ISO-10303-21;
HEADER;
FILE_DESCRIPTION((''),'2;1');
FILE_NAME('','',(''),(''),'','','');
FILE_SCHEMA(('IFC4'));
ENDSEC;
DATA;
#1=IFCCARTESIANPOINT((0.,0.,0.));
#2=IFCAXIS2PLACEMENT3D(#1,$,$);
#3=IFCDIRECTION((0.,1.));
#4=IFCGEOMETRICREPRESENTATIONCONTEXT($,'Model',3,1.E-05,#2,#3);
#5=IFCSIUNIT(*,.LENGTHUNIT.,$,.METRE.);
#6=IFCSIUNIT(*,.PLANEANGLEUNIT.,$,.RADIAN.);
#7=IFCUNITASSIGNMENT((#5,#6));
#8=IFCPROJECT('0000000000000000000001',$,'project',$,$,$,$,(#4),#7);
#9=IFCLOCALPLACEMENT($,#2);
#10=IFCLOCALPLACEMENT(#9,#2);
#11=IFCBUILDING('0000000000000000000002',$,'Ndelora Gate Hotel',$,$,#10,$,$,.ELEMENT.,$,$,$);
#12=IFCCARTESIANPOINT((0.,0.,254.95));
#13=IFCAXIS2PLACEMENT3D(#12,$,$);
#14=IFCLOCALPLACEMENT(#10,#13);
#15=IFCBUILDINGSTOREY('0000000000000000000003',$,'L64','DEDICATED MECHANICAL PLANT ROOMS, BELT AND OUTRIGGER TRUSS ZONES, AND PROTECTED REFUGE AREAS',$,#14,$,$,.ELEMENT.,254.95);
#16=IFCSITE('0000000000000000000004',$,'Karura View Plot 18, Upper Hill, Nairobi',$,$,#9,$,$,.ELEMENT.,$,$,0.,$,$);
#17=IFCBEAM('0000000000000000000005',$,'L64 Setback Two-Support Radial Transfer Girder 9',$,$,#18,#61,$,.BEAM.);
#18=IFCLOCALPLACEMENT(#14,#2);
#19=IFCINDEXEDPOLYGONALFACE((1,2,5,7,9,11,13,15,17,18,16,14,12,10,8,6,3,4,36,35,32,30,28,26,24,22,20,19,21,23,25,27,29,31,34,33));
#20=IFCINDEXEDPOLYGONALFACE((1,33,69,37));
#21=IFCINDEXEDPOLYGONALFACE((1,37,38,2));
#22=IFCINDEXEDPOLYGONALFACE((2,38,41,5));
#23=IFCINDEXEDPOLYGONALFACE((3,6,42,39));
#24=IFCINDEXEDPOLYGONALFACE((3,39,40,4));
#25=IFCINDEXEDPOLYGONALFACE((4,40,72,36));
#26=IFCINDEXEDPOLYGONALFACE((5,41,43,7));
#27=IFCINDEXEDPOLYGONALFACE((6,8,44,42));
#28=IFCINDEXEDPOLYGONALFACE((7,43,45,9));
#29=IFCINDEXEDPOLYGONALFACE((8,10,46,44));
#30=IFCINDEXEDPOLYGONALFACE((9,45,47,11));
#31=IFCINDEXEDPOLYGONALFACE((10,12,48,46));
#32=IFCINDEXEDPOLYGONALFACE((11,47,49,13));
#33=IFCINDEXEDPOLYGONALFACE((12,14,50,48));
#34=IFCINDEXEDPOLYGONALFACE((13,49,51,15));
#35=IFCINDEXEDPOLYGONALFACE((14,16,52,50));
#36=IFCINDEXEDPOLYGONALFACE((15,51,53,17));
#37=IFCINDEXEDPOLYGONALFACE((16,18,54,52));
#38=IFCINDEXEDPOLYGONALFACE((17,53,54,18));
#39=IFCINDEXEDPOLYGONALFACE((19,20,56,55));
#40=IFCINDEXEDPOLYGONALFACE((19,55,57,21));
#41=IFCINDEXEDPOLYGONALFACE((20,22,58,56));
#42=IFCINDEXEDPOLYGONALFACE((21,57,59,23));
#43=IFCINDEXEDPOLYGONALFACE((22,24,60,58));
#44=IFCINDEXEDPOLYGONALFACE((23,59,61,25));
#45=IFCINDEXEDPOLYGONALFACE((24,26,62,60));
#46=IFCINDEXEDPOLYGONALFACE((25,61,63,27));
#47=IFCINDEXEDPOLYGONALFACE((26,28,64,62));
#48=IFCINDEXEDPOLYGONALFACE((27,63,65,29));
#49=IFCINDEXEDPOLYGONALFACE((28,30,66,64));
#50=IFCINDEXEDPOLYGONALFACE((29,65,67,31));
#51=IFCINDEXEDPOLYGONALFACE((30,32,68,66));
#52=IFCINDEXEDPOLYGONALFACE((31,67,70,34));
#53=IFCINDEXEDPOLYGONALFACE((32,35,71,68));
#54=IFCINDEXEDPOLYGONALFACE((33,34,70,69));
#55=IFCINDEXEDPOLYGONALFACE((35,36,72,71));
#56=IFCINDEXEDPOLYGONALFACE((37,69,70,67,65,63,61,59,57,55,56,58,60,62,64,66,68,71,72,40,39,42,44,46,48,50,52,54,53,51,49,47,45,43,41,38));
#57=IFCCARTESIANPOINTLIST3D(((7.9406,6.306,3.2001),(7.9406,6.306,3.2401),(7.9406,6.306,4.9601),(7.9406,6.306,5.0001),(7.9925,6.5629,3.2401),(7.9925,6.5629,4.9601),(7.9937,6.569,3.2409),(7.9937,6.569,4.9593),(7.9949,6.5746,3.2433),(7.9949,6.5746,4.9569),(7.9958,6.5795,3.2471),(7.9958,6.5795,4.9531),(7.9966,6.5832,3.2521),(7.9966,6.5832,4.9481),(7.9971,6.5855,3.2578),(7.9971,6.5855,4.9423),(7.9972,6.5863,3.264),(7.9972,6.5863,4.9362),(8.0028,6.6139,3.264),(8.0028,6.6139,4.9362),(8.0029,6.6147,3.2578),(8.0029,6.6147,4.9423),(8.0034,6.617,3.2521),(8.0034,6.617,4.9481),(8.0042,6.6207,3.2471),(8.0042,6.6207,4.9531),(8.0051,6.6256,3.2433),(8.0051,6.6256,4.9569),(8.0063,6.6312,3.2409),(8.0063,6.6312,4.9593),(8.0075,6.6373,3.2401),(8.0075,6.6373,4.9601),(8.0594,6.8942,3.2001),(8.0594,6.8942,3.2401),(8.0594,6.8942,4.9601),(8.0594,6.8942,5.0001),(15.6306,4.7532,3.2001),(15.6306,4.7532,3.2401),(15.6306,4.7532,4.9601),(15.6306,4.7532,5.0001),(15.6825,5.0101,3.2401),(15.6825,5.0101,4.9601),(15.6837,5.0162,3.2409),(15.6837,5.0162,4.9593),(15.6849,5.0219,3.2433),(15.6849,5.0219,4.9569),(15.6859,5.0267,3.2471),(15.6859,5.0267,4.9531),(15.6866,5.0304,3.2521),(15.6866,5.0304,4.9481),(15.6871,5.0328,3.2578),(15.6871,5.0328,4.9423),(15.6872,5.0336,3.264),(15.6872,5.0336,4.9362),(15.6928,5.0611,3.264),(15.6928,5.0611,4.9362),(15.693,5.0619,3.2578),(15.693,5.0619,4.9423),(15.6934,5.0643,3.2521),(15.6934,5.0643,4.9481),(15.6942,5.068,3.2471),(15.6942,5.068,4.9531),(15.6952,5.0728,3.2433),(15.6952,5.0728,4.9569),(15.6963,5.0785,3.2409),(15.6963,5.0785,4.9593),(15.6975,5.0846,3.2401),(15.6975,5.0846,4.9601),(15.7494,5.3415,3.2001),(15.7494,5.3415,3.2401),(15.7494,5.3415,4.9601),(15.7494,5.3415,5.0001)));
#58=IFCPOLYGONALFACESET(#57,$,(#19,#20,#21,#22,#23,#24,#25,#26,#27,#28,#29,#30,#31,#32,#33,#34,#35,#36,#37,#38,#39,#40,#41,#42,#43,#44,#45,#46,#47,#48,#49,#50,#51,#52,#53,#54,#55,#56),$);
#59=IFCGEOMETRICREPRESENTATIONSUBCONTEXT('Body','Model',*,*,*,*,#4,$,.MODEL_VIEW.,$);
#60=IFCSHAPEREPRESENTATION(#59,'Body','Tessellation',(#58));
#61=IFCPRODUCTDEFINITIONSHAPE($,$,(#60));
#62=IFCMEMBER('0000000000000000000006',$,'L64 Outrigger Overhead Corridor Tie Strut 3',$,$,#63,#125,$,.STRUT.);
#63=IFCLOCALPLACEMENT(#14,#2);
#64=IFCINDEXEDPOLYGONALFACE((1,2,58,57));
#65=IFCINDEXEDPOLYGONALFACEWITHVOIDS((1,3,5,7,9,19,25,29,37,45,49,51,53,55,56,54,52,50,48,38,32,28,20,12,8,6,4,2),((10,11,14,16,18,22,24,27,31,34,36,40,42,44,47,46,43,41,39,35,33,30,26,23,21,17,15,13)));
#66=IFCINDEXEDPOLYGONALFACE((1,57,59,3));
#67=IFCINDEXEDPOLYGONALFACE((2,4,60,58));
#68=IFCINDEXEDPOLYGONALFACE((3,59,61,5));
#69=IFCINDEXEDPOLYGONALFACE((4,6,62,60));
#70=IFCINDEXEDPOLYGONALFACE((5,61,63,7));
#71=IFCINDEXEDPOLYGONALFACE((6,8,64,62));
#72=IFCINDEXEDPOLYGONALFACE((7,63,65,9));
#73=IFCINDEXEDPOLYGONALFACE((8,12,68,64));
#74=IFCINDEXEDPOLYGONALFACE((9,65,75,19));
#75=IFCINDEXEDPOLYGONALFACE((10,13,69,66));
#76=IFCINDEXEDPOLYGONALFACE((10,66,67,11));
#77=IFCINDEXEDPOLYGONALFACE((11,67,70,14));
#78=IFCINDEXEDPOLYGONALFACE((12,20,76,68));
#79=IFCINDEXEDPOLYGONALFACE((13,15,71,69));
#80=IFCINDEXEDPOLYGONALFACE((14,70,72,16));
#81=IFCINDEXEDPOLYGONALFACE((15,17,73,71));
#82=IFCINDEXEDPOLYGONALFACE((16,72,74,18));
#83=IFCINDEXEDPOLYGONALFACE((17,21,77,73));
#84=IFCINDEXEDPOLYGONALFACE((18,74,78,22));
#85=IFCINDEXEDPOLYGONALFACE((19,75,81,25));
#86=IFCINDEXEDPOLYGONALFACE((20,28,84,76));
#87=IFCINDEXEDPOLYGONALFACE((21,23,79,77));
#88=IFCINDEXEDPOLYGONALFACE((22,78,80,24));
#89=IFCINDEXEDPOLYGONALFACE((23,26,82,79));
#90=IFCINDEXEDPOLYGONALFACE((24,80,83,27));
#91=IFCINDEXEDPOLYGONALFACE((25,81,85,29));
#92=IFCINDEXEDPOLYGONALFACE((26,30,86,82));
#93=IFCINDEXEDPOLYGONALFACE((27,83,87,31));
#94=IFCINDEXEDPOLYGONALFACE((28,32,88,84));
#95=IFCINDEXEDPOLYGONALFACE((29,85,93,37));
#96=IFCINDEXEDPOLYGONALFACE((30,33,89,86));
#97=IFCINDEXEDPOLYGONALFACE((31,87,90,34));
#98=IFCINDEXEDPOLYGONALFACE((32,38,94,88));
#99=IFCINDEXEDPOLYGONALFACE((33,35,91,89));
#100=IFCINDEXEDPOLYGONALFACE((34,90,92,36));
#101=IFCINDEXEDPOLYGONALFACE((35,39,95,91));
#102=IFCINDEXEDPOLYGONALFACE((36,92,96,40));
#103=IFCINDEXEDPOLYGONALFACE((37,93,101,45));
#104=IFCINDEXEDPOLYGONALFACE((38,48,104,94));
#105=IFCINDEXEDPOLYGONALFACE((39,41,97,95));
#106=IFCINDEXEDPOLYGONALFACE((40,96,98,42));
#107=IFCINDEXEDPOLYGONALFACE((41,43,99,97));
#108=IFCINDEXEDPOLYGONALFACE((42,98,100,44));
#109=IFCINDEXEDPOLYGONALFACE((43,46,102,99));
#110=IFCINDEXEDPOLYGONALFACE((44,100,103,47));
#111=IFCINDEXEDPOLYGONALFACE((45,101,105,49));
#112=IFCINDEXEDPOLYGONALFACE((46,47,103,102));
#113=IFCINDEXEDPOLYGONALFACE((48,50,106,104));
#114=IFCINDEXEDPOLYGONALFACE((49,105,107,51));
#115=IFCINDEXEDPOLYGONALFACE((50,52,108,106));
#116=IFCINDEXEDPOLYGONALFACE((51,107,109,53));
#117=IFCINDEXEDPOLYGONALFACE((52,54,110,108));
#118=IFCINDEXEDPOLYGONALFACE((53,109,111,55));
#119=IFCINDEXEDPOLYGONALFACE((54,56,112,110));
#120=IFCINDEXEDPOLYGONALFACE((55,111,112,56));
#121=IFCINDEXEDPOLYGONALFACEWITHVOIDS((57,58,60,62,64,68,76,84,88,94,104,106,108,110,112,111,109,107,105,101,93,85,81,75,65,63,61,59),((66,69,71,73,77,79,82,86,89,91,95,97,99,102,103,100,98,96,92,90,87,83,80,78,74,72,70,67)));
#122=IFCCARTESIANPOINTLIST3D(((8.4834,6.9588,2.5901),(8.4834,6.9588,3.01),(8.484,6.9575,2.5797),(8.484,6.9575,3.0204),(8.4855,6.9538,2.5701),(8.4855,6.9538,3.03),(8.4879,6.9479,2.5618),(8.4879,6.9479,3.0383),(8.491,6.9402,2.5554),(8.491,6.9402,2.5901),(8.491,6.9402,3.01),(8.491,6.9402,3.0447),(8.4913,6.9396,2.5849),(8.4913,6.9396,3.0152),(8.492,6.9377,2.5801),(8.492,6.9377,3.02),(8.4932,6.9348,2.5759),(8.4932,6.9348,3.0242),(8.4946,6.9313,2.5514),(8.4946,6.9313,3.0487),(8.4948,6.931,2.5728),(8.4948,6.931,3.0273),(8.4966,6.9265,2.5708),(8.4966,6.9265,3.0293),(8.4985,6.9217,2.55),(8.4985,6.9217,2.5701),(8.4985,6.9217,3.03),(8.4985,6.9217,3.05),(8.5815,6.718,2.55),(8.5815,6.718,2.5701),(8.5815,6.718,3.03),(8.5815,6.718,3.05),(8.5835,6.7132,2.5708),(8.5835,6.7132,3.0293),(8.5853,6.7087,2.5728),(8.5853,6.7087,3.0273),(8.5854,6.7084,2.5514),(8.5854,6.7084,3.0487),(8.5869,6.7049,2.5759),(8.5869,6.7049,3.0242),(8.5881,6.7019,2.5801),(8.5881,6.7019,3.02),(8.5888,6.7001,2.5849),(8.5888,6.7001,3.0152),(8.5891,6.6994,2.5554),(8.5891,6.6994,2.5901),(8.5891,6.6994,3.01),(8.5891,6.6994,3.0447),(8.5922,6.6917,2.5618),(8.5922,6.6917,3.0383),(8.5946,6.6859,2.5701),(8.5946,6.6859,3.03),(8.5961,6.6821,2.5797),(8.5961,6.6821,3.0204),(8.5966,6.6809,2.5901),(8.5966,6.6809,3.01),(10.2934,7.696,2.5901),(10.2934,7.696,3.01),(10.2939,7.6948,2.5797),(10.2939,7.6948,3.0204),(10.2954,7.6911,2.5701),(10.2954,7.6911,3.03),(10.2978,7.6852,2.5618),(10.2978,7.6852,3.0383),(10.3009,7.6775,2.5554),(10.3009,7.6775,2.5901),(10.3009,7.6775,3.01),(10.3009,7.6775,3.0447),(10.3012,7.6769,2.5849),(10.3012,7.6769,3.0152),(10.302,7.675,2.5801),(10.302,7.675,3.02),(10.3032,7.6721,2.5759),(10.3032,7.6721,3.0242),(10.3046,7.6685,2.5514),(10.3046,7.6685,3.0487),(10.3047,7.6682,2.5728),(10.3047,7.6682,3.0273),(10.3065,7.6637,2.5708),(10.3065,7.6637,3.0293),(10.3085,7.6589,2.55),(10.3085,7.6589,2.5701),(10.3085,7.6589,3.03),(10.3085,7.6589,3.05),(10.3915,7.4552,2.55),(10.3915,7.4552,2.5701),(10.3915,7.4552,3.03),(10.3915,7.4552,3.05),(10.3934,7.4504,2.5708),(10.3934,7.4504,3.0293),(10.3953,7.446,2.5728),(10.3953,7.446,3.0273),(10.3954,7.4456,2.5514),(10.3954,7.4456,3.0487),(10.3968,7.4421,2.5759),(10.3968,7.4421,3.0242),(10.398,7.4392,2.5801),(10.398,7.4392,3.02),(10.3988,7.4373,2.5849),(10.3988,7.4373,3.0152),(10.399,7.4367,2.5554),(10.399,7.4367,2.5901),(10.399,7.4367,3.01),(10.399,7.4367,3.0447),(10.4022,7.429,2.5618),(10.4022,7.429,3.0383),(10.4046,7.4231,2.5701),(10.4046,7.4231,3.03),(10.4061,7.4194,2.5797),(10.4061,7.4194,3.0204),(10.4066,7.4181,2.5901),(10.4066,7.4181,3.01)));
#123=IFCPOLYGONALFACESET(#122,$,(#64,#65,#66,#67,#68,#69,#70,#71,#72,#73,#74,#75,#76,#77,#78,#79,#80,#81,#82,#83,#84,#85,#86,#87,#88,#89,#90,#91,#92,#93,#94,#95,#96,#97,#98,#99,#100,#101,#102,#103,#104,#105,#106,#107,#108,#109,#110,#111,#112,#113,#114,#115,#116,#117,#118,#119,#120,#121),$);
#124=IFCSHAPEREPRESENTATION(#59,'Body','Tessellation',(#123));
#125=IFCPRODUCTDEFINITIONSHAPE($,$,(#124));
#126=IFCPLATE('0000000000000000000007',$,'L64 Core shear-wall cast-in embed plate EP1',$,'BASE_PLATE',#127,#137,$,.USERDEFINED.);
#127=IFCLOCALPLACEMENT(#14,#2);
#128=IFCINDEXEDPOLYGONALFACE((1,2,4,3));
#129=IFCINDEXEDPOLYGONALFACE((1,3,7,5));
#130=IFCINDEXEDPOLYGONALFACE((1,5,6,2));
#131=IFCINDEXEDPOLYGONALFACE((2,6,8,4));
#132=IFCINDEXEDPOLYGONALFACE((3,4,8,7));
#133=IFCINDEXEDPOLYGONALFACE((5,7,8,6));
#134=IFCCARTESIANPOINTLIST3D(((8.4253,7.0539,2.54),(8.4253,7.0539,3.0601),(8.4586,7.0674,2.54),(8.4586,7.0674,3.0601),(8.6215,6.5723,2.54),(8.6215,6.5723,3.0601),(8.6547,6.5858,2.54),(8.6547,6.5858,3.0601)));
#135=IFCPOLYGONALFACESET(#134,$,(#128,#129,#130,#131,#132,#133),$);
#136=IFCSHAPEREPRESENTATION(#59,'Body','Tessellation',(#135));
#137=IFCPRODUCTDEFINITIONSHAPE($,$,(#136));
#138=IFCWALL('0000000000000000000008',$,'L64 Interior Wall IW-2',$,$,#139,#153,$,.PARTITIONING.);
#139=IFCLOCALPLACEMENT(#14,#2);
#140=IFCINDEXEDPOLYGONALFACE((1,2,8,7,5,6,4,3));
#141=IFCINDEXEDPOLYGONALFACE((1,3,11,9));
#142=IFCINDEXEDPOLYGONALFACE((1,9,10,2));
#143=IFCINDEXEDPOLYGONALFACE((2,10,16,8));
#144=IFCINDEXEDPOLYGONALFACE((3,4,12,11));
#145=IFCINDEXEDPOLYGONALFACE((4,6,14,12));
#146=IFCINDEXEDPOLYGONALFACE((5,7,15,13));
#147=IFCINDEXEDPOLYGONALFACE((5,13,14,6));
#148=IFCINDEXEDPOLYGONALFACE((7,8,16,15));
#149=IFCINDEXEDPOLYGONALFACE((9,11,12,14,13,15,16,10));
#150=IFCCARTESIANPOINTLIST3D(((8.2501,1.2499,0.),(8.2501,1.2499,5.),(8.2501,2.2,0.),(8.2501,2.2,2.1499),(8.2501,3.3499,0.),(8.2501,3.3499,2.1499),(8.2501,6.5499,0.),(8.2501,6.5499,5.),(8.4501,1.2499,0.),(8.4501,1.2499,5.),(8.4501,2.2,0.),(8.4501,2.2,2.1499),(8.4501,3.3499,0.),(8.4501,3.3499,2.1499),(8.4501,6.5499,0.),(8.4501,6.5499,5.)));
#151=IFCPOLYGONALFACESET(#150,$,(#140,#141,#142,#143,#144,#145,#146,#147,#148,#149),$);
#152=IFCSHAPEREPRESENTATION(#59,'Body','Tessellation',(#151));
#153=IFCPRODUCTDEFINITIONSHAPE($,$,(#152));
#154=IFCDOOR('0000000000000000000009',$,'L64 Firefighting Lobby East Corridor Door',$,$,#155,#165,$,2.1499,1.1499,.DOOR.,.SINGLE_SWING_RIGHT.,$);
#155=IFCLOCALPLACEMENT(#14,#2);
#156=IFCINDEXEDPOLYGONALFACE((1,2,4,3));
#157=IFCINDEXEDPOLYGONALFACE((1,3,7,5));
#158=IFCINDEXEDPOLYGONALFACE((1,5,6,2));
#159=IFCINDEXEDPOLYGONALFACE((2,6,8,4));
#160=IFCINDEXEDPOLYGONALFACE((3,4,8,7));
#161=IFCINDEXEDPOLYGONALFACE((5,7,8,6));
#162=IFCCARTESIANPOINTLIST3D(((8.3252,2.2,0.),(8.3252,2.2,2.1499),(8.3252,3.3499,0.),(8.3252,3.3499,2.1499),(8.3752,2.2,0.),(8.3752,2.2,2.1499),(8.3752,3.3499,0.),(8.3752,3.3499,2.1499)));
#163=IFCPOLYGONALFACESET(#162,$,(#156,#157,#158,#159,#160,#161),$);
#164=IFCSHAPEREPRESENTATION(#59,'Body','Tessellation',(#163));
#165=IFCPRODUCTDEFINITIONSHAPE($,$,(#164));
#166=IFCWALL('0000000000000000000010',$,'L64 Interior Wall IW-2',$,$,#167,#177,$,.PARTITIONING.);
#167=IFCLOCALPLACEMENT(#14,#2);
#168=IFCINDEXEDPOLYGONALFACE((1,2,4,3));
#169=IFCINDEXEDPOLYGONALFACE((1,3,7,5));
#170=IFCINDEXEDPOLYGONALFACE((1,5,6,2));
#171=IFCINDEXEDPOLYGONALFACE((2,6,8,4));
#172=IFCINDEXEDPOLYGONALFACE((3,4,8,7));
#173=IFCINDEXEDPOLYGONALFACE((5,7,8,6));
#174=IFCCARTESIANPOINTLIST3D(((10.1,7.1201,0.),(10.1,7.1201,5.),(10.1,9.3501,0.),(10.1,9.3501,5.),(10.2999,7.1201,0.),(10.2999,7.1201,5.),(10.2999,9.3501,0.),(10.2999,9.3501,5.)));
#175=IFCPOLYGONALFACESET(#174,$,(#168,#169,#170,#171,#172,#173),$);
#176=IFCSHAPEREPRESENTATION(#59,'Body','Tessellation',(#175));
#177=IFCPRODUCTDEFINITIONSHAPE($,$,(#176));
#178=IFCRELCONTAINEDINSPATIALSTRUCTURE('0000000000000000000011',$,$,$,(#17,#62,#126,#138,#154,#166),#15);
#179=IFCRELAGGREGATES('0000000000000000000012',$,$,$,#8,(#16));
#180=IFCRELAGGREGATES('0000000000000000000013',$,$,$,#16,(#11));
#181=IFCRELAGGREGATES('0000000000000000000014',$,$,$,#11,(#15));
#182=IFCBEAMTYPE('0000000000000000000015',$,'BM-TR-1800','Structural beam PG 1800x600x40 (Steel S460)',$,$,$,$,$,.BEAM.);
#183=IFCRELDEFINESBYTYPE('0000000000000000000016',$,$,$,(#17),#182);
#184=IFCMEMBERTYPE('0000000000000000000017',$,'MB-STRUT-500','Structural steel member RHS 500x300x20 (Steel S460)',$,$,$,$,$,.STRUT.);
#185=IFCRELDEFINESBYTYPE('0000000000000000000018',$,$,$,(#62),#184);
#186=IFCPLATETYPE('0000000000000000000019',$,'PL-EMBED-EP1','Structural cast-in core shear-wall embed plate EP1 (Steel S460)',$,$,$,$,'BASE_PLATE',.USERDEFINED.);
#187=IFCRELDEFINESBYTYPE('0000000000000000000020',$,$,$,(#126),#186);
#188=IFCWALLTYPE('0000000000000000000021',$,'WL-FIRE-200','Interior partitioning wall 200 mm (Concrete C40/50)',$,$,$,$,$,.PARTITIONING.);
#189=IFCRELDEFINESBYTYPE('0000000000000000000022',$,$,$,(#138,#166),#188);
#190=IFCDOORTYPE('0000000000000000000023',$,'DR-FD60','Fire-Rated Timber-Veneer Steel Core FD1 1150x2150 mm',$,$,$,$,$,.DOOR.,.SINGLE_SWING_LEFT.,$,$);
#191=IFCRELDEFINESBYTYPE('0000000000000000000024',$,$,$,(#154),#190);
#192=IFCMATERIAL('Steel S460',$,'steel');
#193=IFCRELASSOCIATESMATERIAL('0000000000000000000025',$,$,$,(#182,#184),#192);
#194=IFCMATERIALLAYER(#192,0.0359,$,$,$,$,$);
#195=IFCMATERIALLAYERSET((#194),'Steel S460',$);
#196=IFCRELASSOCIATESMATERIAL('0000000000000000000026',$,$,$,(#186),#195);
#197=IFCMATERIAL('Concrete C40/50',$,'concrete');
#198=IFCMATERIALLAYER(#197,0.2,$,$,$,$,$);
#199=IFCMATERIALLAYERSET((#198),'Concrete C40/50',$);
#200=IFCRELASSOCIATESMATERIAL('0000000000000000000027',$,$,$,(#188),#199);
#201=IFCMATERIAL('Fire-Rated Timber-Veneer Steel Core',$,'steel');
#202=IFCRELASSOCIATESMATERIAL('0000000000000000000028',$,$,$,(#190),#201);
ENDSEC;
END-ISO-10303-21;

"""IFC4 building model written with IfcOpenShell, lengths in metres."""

from ifc_helpers import new_model, si_unit, direction, frame, frame_2d, origin, origin_2d, place, context, subcontext, project, spatial, rectangle, hollow_rectangle, i_section, extrude, material, layer, layer_set, material_profile, profile_set, type_object, element, fill, save


model = new_model("IFC4")

# Units and contexts
model_context = context("Model", 3, precision=1e-05, world=origin(), true_north=direction((0.0, 1.0)))
body_context = subcontext(model_context, "Body", "Model", "MODEL_VIEW")
ifc_project = project(units=[si_unit("LENGTHUNIT", "METRE"), si_unit("PLANEANGLEUNIT", "RADIAN")], contexts=[model_context])

# Site, building, storey
site_placement = place(None, origin())
site = spatial("IfcSite", under=ifc_project, at=site_placement, Name="Karura View Plot 18, Upper Hill, Nairobi", CompositionType="ELEMENT", RefElevation=0.0)
building_placement = place(site_placement, origin())
building = spatial("IfcBuilding", under=site, at=building_placement, Name="Ndelora Gate Hotel", CompositionType="ELEMENT")
storey_placement = place(building_placement, frame((0.0, 0.0, 254.95)))
storey = spatial("IfcBuildingStorey", under=building, at=storey_placement, Name="L64", Description="DEDICATED MECHANICAL PLANT ROOMS, BELT AND OUTRIGGER TRUSS ZONES, AND PROTECTED REFUGE AREAS", CompositionType="ELEMENT", Elevation=254.95)

# Beam
ifc_material_1 = material(Name="Steel S460", Category="steel")
ifc_material_profile_1 = material_profile(ifc_material_1, i_section(OverallWidth=0.6001, OverallDepth=1.8, WebThickness=0.0281, FlangeThickness=0.04, FilletRadius=0.0239, at=origin_2d()), Name="PG 1800x600x40")
ifc_profile_set_1 = profile_set([ifc_material_profile_1], Name="Steel S460")
beam_type_1 = type_object("IfcBeamType", Name="BM-TR-1800", Description="Structural beam PG 1800x600x40 (Steel S460)", PredefinedType="BEAM", material=ifc_profile_set_1)
beam_1_placement = place(storey_placement, frame((8.0, 6.6001, 4.1001), z_axis=(0.980218, -0.197923, 0.0), x_axis=(0.197923, 0.980218, 0.0)))
element("IfcBeam", 1, at=beam_1_placement, inside=storey, type_object=beam_type_1, Name="L64 Setback Two-Support Radial Transfer Girder 9", PredefinedType="BEAM", context=body_context, shape_type="SweptSolid", body=[
    extrude(i_section(OverallWidth=0.6001, OverallDepth=1.8, WebThickness=0.0281, FlangeThickness=0.04, FilletRadius=0.0239, at=origin_2d()), origin(), (0.0, 0.0, 1.0), 7.8452),
])

# Member
ifc_material_profile_2 = material_profile(ifc_material_1, hollow_rectangle(XDim=0.3, YDim=0.5, WallThickness=0.02, InnerFilletRadius=0.02, OuterFilletRadius=0.04, at=origin_2d()), Name="RHS 500x300x20")
ifc_profile_set_2 = profile_set([ifc_material_profile_2], Name="Steel S460")
member_type = type_object("IfcMemberType", Name="MB-STRUT-500", Description="Structural steel member RHS 500x300x20 (Steel S460)", PredefinedType="STRUT", material=ifc_profile_set_2)
member_placement = place(storey_placement, frame((8.54, 6.8198, 2.8), z_axis=(0.926115, 0.377241, 0.0), x_axis=(-0.377241, 0.926115, 0.0)))
element("IfcMember", 2, at=member_placement, inside=storey, type_object=member_type, Name="L64 Outrigger Overhead Corridor Tie Strut 3", PredefinedType="STRUT", context=body_context, shape_type="SweptSolid", body=[
    extrude(hollow_rectangle(XDim=0.3, YDim=0.5, WallThickness=0.02, InnerFilletRadius=0.02, OuterFilletRadius=0.04, at=origin_2d()), origin(), (0.0, 0.0, 1.0), 1.9543),
])

# Plate
ifc_layer_1 = layer(ifc_material_1, 0.0359)
ifc_layer_set_1 = layer_set([ifc_layer_1], Name="Steel S460")
plate_type = type_object("IfcPlateType", Name="PL-EMBED-EP1", Description="Structural cast-in core shear-wall embed plate EP1 (Steel S460)", ElementType="BASE_PLATE", PredefinedType="USERDEFINED", material=ifc_layer_set_1)
plate_placement = place(storey_placement, frame((8.54, 6.8198, 2.54), z_axis=(0.0, 0.0, 1.0), x_axis=(-0.377194, 0.926134, 0.0)))
element("IfcPlate", 3, at=plate_placement, inside=storey, type_object=plate_type, Name="L64 Core shear-wall cast-in embed plate EP1", ObjectType="BASE_PLATE", PredefinedType="USERDEFINED", context=body_context, shape_type="SweptSolid", body=[
    extrude(rectangle(XDim=0.52, YDim=0.0359, at=origin_2d()), origin(), (0.0, 0.0, 1.0), 0.52),
])

# Wall, opening, door
ifc_material_2 = material(Name="Concrete C40/50", Category="concrete")
ifc_layer_2 = layer(ifc_material_2, 0.2)
ifc_layer_set_2 = layer_set([ifc_layer_2], Name="Concrete C40/50")
wall_type_1 = type_object("IfcWallType", Name="WL-FIRE-200", Description="Interior partitioning wall 200 mm (Concrete C40/50)", PredefinedType="PARTITIONING", material=ifc_layer_set_2)
ifc_material_3 = material(Name="Fire-Rated Timber-Veneer Steel Core", Category="steel")
door_type_1 = type_object("IfcDoorType", Name="DR-FD60", Description="Fire-Rated Timber-Veneer Steel Core FD1 1150x2150 mm", OperationType="SINGLE_SWING_LEFT", PredefinedType="DOOR", material=ifc_material_3)
wall_1_placement = place(storey_placement, frame((8.3501, 1.25, 0.0), z_axis=(0.0, 0.0, 1.0), x_axis=(0.0, 1.0, 0.0)))
wall_1 = element("IfcWall", 4, at=wall_1_placement, inside=storey, type_object=wall_type_1, Name="L64 Interior Wall IW-2", PredefinedType="PARTITIONING", context=body_context, shape_type="SweptSolid", body=[
    extrude(rectangle(XDim=5.3, YDim=0.2, at=frame_2d((2.6499, 0.0))), origin(), (0.0, 0.0, 1.0), 5.0),
])
opening_1_placement = place(wall_1_placement, frame((0.95, 0.0, 0.0)))
opening_1 = element("IfcOpeningElement", 5, at=opening_1_placement, cuts=wall_1, PredefinedType="OPENING", context=body_context, shape_type="SweptSolid", body=[
    extrude(rectangle(XDim=1.1499, YDim=2.1499, at=frame_2d((0.575, 1.075))), frame((0.0, 0.1099, 0.0), z_axis=(0.0, -1.0, 0.0), x_axis=(1.0, 0.0, 0.0)), (0.0, 0.0, 1.0), 0.22),
])
door_1_placement = place(opening_1_placement, origin())
door_1 = element("IfcDoor", 6, at=door_1_placement, inside=storey, type_object=door_type_1, Name="L64 Firefighting Lobby East Corridor Door", OperationType="SINGLE_SWING_RIGHT", OverallHeight=2.1499, OverallWidth=1.1499, PredefinedType="DOOR", context=body_context, shape_type="SweptSolid", body=[
    extrude(rectangle(XDim=1.1499, YDim=2.1499, at=frame_2d((0.575, 1.075))), frame((0.0, 0.0249, 0.0), z_axis=(0.0, -1.0, 0.0), x_axis=(1.0, 0.0, 0.0)), (0.0, 0.0, 1.0), 0.05),
])
fill(opening_1, door_1)

# Wall
wall_2_placement = place(storey_placement, frame((10.2, 7.1201, 0.0), z_axis=(0.0, 0.0, 1.0), x_axis=(0.0, 1.0, 0.0)))
element("IfcWall", 7, at=wall_2_placement, inside=storey, type_object=wall_type_1, Name="L64 Interior Wall IW-2", PredefinedType="PARTITIONING", context=body_context, shape_type="SweptSolid", body=[
    extrude(rectangle(XDim=2.23, YDim=0.2, at=frame_2d((1.115, 0.0))), origin(), (0.0, 0.0, 1.0), 5.0),
])

save(model, "model.ifc")
